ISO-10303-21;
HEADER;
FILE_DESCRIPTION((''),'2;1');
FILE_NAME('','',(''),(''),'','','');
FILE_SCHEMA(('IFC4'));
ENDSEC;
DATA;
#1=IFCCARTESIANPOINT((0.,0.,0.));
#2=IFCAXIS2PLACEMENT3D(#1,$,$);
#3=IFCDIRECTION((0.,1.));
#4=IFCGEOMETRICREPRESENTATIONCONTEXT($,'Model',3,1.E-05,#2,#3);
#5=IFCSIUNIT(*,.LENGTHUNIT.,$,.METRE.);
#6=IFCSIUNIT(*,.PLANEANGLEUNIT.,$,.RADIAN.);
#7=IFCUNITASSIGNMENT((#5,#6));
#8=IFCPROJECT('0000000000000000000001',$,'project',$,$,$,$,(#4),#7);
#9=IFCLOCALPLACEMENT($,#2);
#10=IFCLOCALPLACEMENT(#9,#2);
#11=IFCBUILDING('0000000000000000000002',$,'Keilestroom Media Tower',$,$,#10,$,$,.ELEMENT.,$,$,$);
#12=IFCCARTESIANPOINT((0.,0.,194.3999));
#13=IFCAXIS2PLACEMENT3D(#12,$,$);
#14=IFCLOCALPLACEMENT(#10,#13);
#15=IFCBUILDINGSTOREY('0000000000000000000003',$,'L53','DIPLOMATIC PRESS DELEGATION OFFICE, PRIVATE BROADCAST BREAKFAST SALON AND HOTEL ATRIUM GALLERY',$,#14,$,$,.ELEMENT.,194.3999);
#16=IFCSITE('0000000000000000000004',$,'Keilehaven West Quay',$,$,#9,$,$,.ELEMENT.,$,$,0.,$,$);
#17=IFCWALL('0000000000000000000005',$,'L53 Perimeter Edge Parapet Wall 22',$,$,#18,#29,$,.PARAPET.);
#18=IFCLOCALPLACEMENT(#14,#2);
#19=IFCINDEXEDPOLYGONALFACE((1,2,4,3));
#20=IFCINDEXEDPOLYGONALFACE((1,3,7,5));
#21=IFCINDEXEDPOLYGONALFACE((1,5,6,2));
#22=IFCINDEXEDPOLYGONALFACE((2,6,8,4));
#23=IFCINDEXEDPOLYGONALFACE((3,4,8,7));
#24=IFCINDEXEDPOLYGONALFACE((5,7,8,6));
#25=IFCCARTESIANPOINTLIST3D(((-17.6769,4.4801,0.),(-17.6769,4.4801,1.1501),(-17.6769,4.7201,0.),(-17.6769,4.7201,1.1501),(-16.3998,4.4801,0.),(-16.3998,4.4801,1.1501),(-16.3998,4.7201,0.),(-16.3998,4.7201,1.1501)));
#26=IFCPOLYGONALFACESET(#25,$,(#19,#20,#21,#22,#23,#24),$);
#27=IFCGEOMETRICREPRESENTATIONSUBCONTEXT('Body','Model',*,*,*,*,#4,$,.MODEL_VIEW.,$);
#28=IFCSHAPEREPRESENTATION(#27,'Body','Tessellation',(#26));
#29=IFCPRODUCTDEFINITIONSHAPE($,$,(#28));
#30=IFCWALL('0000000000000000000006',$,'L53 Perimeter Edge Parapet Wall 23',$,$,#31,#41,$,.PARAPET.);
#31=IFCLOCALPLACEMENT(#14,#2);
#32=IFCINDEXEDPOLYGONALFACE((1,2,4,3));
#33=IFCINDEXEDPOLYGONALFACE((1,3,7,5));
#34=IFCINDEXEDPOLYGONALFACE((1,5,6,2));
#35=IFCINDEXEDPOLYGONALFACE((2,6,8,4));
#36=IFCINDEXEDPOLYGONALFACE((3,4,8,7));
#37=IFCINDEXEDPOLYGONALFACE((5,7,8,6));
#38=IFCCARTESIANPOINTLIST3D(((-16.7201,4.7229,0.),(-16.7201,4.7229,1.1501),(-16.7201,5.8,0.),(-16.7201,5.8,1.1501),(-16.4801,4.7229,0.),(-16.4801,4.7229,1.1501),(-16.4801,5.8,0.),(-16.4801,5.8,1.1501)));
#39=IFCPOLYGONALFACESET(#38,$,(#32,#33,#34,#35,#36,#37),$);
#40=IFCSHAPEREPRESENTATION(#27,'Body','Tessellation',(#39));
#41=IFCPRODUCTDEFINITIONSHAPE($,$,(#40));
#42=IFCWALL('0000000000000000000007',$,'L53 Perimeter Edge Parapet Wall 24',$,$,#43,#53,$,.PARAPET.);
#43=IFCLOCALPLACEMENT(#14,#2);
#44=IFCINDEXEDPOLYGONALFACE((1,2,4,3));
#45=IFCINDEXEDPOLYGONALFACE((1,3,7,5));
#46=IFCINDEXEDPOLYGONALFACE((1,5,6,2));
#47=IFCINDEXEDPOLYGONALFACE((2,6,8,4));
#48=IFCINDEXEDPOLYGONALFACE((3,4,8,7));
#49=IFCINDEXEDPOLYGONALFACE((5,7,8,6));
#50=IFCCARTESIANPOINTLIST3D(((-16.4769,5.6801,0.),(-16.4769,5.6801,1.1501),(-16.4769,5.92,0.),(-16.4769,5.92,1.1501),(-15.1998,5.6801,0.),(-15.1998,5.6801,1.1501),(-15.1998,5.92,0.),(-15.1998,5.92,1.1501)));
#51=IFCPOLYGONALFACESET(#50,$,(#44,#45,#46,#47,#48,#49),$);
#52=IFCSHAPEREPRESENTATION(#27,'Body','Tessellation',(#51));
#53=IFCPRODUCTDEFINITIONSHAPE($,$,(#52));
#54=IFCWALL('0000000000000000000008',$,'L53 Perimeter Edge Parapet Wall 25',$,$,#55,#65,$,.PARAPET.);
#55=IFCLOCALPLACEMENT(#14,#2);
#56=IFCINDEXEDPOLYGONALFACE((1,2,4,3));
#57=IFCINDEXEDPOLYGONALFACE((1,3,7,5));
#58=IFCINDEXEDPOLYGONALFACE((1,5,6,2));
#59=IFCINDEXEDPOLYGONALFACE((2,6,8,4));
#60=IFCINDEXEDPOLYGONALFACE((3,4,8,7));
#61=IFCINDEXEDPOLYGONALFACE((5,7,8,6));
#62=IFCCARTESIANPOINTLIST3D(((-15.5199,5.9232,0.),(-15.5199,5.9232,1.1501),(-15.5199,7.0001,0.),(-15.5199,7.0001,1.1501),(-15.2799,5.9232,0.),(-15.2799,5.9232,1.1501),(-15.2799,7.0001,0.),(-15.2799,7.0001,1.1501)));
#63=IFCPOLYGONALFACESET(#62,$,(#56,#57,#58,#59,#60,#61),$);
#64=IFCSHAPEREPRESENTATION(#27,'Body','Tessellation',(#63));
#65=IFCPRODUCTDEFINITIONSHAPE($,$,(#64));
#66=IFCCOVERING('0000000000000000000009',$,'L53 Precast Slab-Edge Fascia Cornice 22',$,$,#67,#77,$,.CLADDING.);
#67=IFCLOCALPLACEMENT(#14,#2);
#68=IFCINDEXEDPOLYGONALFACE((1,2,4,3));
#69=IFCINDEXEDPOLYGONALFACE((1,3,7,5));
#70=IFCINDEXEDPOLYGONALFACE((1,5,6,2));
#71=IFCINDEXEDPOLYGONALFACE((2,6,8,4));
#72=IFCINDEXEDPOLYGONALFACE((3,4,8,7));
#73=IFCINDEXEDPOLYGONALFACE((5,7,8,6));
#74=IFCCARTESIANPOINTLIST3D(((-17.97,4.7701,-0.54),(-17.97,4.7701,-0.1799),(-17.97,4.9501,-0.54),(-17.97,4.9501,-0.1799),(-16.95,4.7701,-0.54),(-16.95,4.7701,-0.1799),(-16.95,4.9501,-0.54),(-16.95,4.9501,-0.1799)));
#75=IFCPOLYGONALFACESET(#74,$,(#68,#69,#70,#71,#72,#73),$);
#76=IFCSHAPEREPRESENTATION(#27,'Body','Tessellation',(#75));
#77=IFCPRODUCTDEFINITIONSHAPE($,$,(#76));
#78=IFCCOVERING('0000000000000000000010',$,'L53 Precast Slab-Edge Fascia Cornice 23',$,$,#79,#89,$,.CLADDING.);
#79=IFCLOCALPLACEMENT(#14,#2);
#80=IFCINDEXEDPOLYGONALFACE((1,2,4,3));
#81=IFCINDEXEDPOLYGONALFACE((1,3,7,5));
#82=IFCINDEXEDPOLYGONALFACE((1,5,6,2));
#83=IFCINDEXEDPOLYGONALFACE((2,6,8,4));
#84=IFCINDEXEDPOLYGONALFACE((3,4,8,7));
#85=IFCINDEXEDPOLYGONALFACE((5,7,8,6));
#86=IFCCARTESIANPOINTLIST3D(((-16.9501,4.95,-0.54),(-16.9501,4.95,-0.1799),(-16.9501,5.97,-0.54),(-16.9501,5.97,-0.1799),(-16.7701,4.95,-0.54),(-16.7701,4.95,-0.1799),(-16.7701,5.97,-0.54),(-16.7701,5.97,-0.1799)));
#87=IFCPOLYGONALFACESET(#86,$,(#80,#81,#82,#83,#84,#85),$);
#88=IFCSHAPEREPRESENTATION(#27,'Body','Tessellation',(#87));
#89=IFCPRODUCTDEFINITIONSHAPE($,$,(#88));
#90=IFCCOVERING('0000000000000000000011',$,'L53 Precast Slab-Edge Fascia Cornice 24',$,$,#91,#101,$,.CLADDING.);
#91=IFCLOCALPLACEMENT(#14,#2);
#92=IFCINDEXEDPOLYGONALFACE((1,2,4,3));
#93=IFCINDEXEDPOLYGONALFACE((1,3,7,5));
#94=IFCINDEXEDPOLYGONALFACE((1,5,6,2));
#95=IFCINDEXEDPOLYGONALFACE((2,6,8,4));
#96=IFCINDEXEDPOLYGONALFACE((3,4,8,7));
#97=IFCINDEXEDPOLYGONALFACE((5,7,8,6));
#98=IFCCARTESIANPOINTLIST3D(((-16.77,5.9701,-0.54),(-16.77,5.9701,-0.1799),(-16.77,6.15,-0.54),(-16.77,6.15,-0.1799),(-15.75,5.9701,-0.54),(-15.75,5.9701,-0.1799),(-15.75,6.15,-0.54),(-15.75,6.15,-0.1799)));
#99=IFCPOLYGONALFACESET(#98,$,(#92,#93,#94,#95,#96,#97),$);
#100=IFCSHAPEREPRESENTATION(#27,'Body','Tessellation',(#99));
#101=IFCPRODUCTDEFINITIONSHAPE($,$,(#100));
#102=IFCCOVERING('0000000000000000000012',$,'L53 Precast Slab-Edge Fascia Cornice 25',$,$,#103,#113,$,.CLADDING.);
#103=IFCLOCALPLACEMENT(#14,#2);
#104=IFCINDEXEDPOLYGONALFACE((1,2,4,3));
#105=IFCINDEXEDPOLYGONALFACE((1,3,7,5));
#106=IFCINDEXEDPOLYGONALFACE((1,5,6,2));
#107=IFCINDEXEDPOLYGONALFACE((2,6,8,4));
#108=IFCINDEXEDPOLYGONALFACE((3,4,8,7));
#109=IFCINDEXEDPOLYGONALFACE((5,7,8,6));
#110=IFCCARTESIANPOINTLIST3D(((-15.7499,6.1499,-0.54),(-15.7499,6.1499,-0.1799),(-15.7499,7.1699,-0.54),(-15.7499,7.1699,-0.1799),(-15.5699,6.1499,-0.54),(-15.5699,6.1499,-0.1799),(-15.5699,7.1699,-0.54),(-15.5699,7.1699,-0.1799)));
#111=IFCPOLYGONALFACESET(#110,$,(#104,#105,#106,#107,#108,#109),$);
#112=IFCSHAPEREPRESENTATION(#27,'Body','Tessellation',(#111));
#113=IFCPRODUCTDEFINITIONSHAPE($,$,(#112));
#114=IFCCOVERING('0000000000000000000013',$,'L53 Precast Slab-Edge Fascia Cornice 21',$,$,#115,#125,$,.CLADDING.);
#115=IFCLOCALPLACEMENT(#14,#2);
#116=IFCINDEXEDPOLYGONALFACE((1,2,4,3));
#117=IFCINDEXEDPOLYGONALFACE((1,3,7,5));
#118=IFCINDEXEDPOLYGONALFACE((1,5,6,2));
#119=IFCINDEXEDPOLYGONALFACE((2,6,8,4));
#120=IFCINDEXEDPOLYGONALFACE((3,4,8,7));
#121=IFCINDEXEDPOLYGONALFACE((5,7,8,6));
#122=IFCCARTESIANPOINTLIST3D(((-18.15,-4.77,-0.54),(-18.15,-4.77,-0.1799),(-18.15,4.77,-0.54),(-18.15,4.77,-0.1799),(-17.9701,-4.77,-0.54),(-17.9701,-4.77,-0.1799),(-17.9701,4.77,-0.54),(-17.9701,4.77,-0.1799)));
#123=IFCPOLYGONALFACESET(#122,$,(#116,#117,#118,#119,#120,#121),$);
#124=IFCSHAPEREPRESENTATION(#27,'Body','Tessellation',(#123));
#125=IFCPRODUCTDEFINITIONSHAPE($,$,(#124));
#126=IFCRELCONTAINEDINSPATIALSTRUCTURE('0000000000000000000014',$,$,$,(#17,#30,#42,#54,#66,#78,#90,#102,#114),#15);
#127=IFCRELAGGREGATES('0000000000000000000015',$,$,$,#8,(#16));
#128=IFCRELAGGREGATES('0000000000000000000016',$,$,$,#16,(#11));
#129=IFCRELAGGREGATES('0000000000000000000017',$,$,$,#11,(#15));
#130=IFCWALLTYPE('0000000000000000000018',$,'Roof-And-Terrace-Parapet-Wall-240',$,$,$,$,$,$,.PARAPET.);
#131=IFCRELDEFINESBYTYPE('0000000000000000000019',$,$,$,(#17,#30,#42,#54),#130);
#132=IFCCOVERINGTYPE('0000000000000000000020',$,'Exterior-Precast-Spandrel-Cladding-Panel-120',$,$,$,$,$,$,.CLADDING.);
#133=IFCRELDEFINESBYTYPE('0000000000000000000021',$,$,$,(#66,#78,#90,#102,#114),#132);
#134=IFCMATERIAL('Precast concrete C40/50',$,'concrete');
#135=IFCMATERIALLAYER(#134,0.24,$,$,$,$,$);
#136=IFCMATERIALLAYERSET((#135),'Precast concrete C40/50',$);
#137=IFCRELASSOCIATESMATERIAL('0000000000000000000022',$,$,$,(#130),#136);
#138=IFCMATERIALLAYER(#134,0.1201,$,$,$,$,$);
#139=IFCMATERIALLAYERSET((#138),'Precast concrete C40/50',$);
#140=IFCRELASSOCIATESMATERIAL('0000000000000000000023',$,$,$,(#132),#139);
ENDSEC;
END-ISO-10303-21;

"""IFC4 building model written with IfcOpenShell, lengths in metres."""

from ifc_helpers import new_model, si_unit, direction, frame, frame_2d, origin, origin_2d, place, context, subcontext, project, spatial, rectangle, extrude, source, transform, mapped, material, layer, layer_set, type_object, element, save


model = new_model("IFC4")

# Units and contexts
model_context = context("Model", 3, precision=1e-05, world=origin(), true_north=direction((0.0, 1.0)))
body_context = subcontext(model_context, "Body", "Model", "MODEL_VIEW")
ifc_project = project(units=[si_unit("LENGTHUNIT", "METRE"), si_unit("PLANEANGLEUNIT", "RADIAN")], contexts=[model_context])

# Site, building, storey
site_placement = place(None, origin())
site = spatial("IfcSite", under=ifc_project, at=site_placement, Name="Keilehaven West Quay", CompositionType="ELEMENT", RefElevation=0.0)
building_placement = place(site_placement, origin())
building = spatial("IfcBuilding", under=site, at=building_placement, Name="Keilestroom Media Tower", CompositionType="ELEMENT")
storey_placement = place(building_placement, frame((0.0, 0.0, 194.3999)))
storey = spatial("IfcBuildingStorey", under=building, at=storey_placement, Name="L53", Description="DIPLOMATIC PRESS DELEGATION OFFICE, PRIVATE BROADCAST BREAKFAST SALON AND HOTEL ATRIUM GALLERY", CompositionType="ELEMENT", Elevation=194.3999)

# Shared definitions
ifc_material_1 = material(Name="Precast concrete C40/50", Category="concrete")

# Walls
ifc_layer_1 = layer(ifc_material_1, 0.24)
ifc_layer_set_1 = layer_set([ifc_layer_1], Name="Precast concrete C40/50")
wall_type = type_object("IfcWallType", Name="Roof-And-Terrace-Parapet-Wall-240", PredefinedType="PARAPET", material=ifc_layer_set_1)
wall_1_placement = place(storey_placement, frame((-17.677, 4.6001, 0.0), z_axis=(0.0, 0.0, 1.0), x_axis=(1.0, 0.0, 0.0)))
element("IfcWall", 1, at=wall_1_placement, inside=storey, type_object=wall_type, Name="L53 Perimeter Edge Parapet Wall 22", PredefinedType="PARAPET", context=body_context, shape_type="SweptSolid", body=[
    extrude(rectangle(XDim=1.2771, YDim=0.24, at=frame_2d((0.6387, 0.0))), origin(), (0.0, 0.0, 1.0), 1.1501),
])
wall_2_placement = place(storey_placement, frame((-16.6001, 4.7229, 0.0), z_axis=(0.0, 0.0, 1.0), x_axis=(0.0, 1.0, 0.0)))
element("IfcWall", 2, at=wall_2_placement, inside=storey, type_object=wall_type, Name="L53 Perimeter Edge Parapet Wall 23", PredefinedType="PARAPET", context=body_context, shape_type="SweptSolid", body=[
    extrude(rectangle(XDim=1.0771, YDim=0.24, at=frame_2d((0.5386, 0.0))), origin(), (0.0, 0.0, 1.0), 1.1501),
])
wall_3_placement = place(storey_placement, frame((-16.4771, 5.8, 0.0), z_axis=(0.0, 0.0, 1.0), x_axis=(1.0, 0.0, 0.0)))
element("IfcWall", 3, at=wall_3_placement, inside=storey, type_object=wall_type, Name="L53 Perimeter Edge Parapet Wall 24", PredefinedType="PARAPET", context=body_context, shape_type="SweptSolid", body=[
    extrude(rectangle(XDim=1.2771, YDim=0.24, at=frame_2d((0.6387, 0.0))), origin(), (0.0, 0.0, 1.0), 1.1501),
])
wall_4_placement = place(storey_placement, frame((-15.3999, 5.9231, 0.0), z_axis=(0.0, 0.0, 1.0), x_axis=(0.0, 1.0, 0.0)))
element("IfcWall", 4, at=wall_4_placement, inside=storey, type_object=wall_type, Name="L53 Perimeter Edge Parapet Wall 25", PredefinedType="PARAPET", context=body_context, shape_type="SweptSolid", body=[
    extrude(rectangle(XDim=1.0769, YDim=0.24, at=frame_2d((0.5386, 0.0))), origin(), (0.0, 0.0, 1.0), 1.1501),
])

# Coverings
ifc_layer_2 = layer(ifc_material_1, 0.1201)
ifc_layer_set_2 = layer_set([ifc_layer_2], Name="Precast concrete C40/50")
covering_type = type_object("IfcCoveringType", Name="Exterior-Precast-Spandrel-Cladding-Panel-120", PredefinedType="CLADDING", material=ifc_layer_set_2)
shared_shape_1 = source(origin(), body_context, "Body", "SweptSolid", [
    extrude(rectangle(XDim=1.02, YDim=0.1799, at=origin_2d()), origin(), (0.0, 0.0, 1.0), 0.3601),
])
for number, where, z_axis, x_axis, name in (
    (5, (-17.46, 4.8601, -0.54), (0.0, 0.0, 1.0), (1.0, 0.0, 0.0), "L53 Precast Slab-Edge Fascia Cornice 22"),
    (6, (-16.8601, 5.46, -0.54), (0.0, 0.0, 1.0), (0.0, 1.0, 0.0), "L53 Precast Slab-Edge Fascia Cornice 23"),
    (7, (-16.26, 6.0601, -0.54), (0.0, 0.0, 1.0), (1.0, 0.0, 0.0), "L53 Precast Slab-Edge Fascia Cornice 24"),
    (8, (-15.6599, 6.6599, -0.54), (0.0, 0.0, 1.0), (0.0, 1.0, 0.0), "L53 Precast Slab-Edge Fascia Cornice 25"),
):
    element("IfcCovering", number, at=place(storey_placement, frame(where, z_axis=z_axis, x_axis=x_axis)), inside=storey, type_object=covering_type, Name=name, PredefinedType="CLADDING", context=body_context, shape_type="MappedRepresentation", body=[
        mapped(shared_shape_1, transform((0.0, 0.0, 0.0), x_axis=(1.0, 0.0, 0.0), y_axis=(0.0, 1.0, 0.0), z_axis=(0.0, 0.0, 1.0), scale=1.0)),
    ])
shared_shape_2 = source(origin(), body_context, "Body", "SweptSolid", [
    extrude(rectangle(XDim=9.54, YDim=0.1799, at=origin_2d()), origin(), (0.0, 0.0, 1.0), 0.3601),
])
covering_placement = place(storey_placement, frame((-18.0601, 0.0, -0.54), z_axis=(0.0, 0.0, 1.0), x_axis=(0.0, 1.0, 0.0)))
element("IfcCovering", 9, at=covering_placement, inside=storey, type_object=covering_type, Name="L53 Precast Slab-Edge Fascia Cornice 21", PredefinedType="CLADDING", context=body_context, shape_type="MappedRepresentation", body=[
    mapped(shared_shape_2, transform((0.0, 0.0, 0.0), x_axis=(1.0, 0.0, 0.0), y_axis=(0.0, 1.0, 0.0), z_axis=(0.0, 0.0, 1.0), scale=1.0)),
])

save(model, "model.ifc")
